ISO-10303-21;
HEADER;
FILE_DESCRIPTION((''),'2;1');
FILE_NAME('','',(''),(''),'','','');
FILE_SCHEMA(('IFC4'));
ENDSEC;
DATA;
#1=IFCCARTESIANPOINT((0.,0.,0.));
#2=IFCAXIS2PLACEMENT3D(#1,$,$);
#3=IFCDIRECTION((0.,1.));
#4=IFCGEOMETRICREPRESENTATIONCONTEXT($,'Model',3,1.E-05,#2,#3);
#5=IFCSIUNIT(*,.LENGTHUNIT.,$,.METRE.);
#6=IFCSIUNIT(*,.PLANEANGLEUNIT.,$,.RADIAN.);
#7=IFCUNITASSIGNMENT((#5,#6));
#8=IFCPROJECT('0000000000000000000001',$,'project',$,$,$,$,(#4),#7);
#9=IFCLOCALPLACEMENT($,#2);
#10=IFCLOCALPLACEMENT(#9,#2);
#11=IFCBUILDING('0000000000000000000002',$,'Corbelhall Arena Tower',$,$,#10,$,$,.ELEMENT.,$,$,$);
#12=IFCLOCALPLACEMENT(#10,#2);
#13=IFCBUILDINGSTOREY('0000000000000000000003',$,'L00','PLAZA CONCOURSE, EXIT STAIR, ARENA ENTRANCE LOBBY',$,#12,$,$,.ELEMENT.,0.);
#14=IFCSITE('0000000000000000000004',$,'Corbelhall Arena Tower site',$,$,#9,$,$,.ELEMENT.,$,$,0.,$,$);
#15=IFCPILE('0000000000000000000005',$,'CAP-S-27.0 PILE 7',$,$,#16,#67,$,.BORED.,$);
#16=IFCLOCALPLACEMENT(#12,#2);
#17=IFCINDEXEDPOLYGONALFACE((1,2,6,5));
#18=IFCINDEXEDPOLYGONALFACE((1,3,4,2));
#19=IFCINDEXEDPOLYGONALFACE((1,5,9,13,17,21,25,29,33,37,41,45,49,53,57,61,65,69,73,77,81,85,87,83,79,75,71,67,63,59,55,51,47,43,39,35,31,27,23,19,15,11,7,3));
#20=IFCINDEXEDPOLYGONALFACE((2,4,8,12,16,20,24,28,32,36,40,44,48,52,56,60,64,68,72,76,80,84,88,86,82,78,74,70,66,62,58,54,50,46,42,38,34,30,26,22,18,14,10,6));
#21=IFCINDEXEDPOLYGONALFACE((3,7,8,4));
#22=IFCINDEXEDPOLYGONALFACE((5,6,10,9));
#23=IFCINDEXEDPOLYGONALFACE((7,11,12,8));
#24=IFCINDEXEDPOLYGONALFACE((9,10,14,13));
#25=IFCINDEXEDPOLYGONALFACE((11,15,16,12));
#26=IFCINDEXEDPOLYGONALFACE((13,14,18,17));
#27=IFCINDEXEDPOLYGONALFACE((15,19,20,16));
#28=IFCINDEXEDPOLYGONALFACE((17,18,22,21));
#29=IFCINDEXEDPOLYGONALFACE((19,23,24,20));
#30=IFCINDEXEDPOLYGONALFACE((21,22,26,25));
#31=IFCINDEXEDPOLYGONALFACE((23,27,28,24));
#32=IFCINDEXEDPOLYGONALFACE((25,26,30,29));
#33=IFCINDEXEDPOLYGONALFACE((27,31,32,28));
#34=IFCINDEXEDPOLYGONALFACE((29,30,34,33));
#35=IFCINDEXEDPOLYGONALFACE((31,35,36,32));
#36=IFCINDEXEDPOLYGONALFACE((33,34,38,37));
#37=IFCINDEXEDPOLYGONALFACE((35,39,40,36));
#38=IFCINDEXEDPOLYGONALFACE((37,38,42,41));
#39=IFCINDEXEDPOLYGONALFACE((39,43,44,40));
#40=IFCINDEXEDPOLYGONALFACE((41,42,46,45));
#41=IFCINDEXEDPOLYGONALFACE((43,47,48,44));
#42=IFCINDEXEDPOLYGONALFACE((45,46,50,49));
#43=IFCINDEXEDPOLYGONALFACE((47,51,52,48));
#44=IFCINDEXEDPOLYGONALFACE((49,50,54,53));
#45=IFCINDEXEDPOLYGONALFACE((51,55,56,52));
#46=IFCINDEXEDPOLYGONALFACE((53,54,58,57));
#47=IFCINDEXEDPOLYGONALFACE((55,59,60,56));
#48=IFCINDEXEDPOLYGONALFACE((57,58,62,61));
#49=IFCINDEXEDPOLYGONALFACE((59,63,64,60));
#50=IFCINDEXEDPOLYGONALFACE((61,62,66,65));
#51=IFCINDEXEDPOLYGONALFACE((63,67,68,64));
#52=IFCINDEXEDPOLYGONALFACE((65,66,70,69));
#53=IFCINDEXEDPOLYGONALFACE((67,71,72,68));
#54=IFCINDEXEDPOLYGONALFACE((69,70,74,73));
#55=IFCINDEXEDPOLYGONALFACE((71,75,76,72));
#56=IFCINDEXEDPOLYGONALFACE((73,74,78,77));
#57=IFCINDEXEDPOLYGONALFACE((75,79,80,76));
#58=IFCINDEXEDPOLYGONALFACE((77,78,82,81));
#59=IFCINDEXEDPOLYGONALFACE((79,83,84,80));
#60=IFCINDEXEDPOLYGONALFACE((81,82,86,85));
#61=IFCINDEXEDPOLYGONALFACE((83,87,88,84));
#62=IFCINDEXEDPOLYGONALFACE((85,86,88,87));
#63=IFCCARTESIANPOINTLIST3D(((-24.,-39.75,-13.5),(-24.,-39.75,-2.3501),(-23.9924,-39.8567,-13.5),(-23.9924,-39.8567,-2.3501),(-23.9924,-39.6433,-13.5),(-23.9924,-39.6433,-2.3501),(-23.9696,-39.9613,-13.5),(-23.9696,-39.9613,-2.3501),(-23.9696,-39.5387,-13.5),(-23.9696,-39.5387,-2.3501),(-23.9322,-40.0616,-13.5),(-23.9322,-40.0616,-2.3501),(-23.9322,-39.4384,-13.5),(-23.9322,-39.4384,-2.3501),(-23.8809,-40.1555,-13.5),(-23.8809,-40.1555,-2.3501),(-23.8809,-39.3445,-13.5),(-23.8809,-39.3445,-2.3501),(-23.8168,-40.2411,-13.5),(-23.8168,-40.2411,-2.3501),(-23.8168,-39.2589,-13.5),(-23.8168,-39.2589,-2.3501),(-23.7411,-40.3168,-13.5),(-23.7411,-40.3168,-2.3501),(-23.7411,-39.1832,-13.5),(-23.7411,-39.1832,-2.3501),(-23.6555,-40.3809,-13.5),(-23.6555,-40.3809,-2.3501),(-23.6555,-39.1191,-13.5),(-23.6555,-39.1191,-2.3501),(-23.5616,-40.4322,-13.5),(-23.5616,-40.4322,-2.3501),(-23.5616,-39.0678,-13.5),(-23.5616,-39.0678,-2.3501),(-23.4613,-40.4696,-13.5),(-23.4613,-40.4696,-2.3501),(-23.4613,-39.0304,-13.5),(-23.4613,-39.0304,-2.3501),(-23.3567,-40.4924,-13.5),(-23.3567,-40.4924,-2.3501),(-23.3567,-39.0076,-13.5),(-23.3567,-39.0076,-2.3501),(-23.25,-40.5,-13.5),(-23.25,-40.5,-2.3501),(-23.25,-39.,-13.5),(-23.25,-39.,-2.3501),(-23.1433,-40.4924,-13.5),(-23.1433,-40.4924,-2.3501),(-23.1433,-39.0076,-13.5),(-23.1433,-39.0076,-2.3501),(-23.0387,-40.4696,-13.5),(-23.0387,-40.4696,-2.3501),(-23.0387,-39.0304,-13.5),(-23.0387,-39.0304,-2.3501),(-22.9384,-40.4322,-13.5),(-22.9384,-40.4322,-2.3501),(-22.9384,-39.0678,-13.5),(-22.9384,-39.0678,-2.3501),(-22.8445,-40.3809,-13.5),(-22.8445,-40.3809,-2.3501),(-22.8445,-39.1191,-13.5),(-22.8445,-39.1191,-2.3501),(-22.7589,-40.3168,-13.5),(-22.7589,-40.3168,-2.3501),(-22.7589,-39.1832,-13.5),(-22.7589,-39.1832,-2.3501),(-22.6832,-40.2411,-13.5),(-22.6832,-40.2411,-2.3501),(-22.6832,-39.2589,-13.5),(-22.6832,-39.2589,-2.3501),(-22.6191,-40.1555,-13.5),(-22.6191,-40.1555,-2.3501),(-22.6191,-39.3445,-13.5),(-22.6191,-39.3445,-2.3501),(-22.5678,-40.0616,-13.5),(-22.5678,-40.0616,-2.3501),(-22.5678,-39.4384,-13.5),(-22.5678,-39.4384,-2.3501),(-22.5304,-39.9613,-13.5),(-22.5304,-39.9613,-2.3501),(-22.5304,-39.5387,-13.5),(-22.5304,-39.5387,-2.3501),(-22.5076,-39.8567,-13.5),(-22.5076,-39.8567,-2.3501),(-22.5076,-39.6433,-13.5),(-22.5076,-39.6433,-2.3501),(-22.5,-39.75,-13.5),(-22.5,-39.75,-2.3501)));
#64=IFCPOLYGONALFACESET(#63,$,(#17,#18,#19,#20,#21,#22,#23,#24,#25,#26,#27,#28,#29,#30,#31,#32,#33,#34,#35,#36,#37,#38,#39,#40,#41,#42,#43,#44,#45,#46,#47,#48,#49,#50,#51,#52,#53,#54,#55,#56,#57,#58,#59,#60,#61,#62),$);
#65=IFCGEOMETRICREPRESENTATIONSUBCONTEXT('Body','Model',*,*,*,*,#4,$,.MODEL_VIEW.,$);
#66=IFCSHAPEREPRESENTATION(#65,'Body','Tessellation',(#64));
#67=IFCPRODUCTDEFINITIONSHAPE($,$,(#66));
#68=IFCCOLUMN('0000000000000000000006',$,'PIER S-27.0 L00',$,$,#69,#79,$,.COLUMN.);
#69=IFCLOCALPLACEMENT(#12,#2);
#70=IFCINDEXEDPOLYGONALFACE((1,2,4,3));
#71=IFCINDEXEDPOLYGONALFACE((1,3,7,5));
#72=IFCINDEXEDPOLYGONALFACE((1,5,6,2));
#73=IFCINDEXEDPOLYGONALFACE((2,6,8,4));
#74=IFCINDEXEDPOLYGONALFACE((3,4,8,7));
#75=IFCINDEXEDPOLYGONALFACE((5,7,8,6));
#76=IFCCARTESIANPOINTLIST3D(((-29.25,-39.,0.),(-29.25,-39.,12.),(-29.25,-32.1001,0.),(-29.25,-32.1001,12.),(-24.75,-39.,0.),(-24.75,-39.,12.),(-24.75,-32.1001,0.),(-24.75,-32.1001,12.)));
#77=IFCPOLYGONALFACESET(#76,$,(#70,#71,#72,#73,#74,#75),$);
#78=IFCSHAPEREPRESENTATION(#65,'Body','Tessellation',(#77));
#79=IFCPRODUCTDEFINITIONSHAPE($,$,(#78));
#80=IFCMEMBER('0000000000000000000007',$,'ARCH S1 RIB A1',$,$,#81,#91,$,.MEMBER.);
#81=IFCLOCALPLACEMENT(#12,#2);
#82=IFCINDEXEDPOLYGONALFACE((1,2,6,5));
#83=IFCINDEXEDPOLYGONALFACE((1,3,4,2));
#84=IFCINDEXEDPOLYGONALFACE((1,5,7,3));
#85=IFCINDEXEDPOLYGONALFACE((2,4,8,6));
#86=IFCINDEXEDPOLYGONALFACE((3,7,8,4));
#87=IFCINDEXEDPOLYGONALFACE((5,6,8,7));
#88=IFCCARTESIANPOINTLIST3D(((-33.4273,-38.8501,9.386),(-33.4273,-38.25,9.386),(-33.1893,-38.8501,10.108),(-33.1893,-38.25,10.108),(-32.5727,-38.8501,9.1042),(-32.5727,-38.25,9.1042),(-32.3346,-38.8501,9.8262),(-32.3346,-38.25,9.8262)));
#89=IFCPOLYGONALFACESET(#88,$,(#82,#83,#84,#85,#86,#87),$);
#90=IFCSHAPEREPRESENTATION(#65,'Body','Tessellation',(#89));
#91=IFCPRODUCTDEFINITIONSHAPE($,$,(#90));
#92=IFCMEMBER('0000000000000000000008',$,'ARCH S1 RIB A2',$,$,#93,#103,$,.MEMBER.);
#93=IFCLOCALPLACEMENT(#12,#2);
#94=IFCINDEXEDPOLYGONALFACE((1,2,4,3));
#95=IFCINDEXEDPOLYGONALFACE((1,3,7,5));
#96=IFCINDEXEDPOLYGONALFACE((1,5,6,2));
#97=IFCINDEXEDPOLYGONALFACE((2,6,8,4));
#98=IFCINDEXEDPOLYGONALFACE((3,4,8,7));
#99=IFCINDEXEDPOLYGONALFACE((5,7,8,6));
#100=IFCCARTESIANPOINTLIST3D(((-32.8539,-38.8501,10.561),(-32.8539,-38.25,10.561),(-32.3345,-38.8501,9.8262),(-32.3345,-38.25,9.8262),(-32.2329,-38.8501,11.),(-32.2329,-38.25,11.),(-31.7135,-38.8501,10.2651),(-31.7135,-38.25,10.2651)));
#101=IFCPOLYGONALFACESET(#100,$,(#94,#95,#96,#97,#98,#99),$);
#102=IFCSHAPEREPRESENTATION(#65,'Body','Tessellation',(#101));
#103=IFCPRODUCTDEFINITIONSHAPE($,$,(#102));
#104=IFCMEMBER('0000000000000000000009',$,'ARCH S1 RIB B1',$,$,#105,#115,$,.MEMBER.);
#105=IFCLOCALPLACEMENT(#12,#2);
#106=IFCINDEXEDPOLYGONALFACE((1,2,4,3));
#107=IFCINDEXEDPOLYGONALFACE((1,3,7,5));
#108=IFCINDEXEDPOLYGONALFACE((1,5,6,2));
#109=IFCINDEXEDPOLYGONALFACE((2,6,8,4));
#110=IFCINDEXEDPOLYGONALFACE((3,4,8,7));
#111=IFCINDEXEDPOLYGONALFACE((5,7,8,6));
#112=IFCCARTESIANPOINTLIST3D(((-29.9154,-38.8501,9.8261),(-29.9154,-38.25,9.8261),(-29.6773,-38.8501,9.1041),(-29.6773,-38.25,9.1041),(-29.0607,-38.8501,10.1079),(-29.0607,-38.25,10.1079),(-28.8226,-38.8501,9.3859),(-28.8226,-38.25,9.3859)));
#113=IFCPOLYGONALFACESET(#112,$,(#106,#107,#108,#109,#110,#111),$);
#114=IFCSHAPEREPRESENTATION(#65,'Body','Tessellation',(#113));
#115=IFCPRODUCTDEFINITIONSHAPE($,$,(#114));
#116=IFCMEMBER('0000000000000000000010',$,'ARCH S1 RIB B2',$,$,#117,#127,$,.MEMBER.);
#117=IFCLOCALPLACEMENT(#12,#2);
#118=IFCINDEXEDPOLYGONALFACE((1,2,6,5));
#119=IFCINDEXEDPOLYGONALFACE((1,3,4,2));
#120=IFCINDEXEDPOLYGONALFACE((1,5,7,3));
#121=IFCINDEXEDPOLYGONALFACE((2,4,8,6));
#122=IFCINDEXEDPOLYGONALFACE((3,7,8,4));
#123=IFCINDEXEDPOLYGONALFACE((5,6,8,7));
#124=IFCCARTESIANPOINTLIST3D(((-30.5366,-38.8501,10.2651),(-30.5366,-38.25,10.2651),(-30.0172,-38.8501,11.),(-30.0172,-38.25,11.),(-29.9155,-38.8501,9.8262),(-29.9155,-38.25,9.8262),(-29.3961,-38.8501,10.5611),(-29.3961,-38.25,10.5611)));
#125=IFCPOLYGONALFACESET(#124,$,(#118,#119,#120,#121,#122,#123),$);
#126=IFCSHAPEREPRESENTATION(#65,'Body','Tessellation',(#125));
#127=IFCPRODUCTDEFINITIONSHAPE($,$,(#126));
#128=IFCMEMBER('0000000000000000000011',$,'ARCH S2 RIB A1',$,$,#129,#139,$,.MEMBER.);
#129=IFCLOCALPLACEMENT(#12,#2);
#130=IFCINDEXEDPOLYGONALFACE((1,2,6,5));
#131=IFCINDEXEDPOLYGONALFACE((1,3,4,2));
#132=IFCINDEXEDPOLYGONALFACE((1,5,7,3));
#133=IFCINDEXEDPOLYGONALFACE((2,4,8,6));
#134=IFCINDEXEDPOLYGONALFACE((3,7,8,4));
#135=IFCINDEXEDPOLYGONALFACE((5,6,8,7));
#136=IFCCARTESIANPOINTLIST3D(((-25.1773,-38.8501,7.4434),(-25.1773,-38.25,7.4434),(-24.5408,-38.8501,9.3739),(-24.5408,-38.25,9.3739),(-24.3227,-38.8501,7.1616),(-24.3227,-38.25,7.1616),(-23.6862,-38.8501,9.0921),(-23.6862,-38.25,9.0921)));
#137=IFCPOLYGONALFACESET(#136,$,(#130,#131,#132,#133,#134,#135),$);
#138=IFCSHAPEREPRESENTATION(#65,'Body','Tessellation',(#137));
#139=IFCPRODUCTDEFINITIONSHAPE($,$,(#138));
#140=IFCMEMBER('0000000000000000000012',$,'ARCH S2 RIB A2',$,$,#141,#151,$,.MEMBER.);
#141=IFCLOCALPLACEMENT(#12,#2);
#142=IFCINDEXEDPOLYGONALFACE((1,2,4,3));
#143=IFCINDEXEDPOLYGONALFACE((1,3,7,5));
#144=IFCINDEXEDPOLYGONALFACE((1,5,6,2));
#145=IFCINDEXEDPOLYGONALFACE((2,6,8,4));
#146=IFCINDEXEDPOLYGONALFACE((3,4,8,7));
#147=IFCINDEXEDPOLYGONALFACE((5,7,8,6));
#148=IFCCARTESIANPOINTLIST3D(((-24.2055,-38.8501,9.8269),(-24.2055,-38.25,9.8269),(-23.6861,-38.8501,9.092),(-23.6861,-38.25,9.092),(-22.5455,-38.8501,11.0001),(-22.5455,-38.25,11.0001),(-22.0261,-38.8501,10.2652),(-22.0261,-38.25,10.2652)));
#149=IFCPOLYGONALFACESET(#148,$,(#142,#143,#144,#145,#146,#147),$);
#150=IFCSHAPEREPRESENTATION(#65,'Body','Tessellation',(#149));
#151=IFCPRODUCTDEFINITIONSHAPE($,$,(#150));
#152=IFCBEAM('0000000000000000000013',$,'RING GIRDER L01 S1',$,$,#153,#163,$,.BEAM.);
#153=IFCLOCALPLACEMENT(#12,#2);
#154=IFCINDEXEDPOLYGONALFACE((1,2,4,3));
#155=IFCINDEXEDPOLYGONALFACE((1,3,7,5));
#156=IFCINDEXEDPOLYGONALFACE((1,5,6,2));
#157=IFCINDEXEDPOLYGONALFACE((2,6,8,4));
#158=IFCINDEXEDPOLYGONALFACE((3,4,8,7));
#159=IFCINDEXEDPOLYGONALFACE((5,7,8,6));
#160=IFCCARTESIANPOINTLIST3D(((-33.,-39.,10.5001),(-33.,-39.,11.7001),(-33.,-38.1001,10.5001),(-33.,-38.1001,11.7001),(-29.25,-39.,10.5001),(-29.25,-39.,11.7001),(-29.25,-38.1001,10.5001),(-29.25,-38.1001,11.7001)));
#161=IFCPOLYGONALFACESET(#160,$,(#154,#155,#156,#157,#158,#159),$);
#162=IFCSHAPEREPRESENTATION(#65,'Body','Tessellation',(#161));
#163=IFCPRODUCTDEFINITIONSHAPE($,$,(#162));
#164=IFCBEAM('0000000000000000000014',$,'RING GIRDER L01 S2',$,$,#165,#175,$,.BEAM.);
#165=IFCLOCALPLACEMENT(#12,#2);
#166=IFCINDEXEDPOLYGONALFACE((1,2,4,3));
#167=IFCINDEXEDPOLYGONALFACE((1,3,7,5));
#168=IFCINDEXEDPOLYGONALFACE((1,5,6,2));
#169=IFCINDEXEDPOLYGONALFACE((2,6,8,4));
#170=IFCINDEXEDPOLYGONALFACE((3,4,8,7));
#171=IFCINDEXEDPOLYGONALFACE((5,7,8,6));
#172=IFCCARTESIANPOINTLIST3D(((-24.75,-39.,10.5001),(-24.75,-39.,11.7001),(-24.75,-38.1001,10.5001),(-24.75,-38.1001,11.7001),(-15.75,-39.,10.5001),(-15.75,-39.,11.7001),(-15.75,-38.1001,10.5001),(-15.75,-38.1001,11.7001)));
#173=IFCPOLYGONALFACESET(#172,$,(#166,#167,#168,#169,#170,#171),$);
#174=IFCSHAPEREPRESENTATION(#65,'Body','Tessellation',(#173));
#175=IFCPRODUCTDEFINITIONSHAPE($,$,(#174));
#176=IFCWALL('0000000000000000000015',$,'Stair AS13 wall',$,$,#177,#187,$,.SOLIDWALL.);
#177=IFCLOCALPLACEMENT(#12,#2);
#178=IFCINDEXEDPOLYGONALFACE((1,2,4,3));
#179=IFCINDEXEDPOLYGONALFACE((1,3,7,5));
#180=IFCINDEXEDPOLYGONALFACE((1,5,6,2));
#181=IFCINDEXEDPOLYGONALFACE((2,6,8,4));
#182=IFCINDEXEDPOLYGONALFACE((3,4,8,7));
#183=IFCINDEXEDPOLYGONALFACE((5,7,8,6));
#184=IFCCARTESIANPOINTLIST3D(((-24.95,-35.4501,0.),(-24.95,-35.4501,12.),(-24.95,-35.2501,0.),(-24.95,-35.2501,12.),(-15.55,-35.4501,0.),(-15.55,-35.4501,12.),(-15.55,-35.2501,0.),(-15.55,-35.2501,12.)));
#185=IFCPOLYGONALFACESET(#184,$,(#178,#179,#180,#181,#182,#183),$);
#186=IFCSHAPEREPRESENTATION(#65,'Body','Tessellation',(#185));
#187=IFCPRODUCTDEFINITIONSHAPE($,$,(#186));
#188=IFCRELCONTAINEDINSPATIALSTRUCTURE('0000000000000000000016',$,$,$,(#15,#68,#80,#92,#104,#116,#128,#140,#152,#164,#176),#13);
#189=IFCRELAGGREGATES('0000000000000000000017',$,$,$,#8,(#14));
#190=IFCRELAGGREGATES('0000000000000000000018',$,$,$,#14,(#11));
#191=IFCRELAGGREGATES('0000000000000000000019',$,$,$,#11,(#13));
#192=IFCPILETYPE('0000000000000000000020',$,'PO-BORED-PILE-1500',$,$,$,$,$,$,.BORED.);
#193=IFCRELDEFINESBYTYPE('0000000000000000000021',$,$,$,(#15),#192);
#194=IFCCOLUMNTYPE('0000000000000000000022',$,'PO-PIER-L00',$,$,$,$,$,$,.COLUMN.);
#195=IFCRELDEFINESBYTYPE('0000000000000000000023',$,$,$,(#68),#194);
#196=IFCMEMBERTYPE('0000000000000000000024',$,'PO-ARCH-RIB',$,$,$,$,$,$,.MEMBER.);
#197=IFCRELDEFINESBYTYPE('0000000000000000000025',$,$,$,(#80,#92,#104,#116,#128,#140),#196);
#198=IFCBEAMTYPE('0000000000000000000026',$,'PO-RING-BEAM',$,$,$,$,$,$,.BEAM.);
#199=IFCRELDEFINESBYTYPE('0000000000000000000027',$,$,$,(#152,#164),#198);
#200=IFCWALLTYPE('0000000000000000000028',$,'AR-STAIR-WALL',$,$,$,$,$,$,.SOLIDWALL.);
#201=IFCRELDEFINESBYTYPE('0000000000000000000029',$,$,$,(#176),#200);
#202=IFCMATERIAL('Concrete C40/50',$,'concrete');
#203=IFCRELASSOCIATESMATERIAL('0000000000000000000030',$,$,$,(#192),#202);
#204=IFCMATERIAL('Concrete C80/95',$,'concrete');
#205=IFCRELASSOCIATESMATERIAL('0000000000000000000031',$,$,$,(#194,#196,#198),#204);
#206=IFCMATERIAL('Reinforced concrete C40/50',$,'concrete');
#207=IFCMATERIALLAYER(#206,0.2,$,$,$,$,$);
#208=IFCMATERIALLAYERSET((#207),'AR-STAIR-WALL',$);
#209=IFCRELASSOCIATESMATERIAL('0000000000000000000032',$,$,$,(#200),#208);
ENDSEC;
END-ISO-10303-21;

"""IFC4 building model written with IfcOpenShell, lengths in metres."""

from ifc_helpers import new_model, si_unit, direction, frame, frame_2d, origin, origin_2d, place, context, subcontext, project, spatial, rectangle, circle, extrude, material, layer, layer_set, material_profile, profile_set, type_object, element, save


model = new_model("IFC4")

# Units and contexts
model_context = context("Model", 3, precision=1e-05, world=origin(), true_north=direction((0.0, 1.0)))
body_context = subcontext(model_context, "Body", "Model", "MODEL_VIEW")
ifc_project = project(units=[si_unit("LENGTHUNIT", "METRE"), si_unit("PLANEANGLEUNIT", "RADIAN")], contexts=[model_context])

# Site, building, storey
site_placement = place(None, origin())
site = spatial("IfcSite", under=ifc_project, at=site_placement, Name="Corbelhall Arena Tower site", CompositionType="ELEMENT", RefElevation=0.0)
building_placement = place(site_placement, origin())
building = spatial("IfcBuilding", under=site, at=building_placement, Name="Corbelhall Arena Tower", CompositionType="ELEMENT")
storey_placement = place(building_placement, origin())
storey = spatial("IfcBuildingStorey", under=building, at=storey_placement, Name="L00", Description="PLAZA CONCOURSE, EXIT STAIR, ARENA ENTRANCE LOBBY", CompositionType="ELEMENT", Elevation=0.0)

# Pile
ifc_material_1 = material(Name="Concrete C40/50", Category="concrete")
ifc_material_profile_1 = material_profile(ifc_material_1, circle(Radius=0.75, at=origin_2d()))
ifc_profile_set_1 = profile_set([ifc_material_profile_1], Name="Concrete C40/50")
pile_type = type_object("IfcPileType", Name="PO-BORED-PILE-1500", PredefinedType="BORED", material=ifc_profile_set_1)
for number, where, z_axis, x_axis, name in (
    (1, (-23.25, -39.75, -2.3501), (0.0, 0.0, -1.0), (1.0, 0.0, 0.0), "CAP-S-27.0 PILE 7"),
):
    element("IfcPile", number, at=place(storey_placement, frame(where, z_axis=z_axis, x_axis=x_axis)), inside=storey, type_object=pile_type, Name=name, PredefinedType="BORED", context=body_context, shape_type="SweptSolid", body=[
        extrude(circle(Radius=0.75, at=origin_2d()), origin(), (0.0, 0.0, 1.0), 11.1499),
    ])

# Column
ifc_material_2 = material(Name="Concrete C80/95", Category="concrete")
ifc_material_profile_2 = material_profile(ifc_material_2, rectangle(XDim=4.5, YDim=6.8999, at=origin_2d()))
ifc_profile_set_2 = profile_set([ifc_material_profile_2], Name="Concrete C80/95")
column_type = type_object("IfcColumnType", Name="PO-PIER-L00", PredefinedType="COLUMN", material=ifc_profile_set_2)
column_placement = place(storey_placement, frame((-27.0, -35.55, 0.0), z_axis=(0.0, 0.0, 1.0), x_axis=(1.0, 0.0, 0.0)))
element("IfcColumn", 2, at=column_placement, inside=storey, type_object=column_type, Name="PIER S-27.0 L00", PredefinedType="COLUMN", context=body_context, shape_type="SweptSolid", body=[
    extrude(rectangle(XDim=4.5, YDim=6.8999, at=origin_2d()), origin(), (0.0, 0.0, 1.0), 12.0),
])

# Members
ifc_material_profile_3 = material_profile(ifc_material_2, rectangle(XDim=0.6001, YDim=0.8999, at=origin_2d()))
ifc_profile_set_3 = profile_set([ifc_material_profile_3], Name="Concrete C80/95")
member_type = type_object("IfcMemberType", Name="PO-ARCH-RIB", PredefinedType="MEMBER", material=ifc_profile_set_3)
member_1_placement = place(storey_placement, frame((-33.0, -38.55, 9.2451), z_axis=(0.313143, 0.0, 0.949706), x_axis=(0.0, 1.0, 0.0)))
element("IfcMember", 3, at=member_1_placement, inside=storey, type_object=member_type, Name="ARCH S1 RIB A1", PredefinedType="MEMBER", context=body_context, shape_type="SweptSolid", body=[
    extrude(rectangle(XDim=0.6001, YDim=0.8999, at=origin_2d()), origin(), (0.0, 0.0, 1.0), 0.7603),
])
member_2_placement = place(storey_placement, frame((-32.5942, -38.55, 10.1936), z_axis=(0.81663, 0.0, 0.577162), x_axis=(0.0, 1.0, 0.0)))
element("IfcMember", 4, at=member_2_placement, inside=storey, type_object=member_type, Name="ARCH S1 RIB A2", PredefinedType="MEMBER", context=body_context, shape_type="SweptSolid", body=[
    extrude(rectangle(XDim=0.6001, YDim=0.8999, at=origin_2d()), origin(), (0.0, 0.0, 1.0), 0.7605),
])
member_3_placement = place(storey_placement, frame((-29.488, -38.55, 9.967), z_axis=(0.313143, 0.0, -0.949706), x_axis=(0.0, 1.0, 0.0)))
element("IfcMember", 5, at=member_3_placement, inside=storey, type_object=member_type, Name="ARCH S1 RIB B1", PredefinedType="MEMBER", context=body_context, shape_type="SweptSolid", body=[
    extrude(rectangle(XDim=0.6001, YDim=0.8999, at=origin_2d()), origin(), (0.0, 0.0, 1.0), 0.7603),
])
member_4_placement = place(storey_placement, frame((-30.2769, -38.55, 10.6326), z_axis=(0.81663, 0.0, -0.577162), x_axis=(0.0, 1.0, 0.0)))
element("IfcMember", 6, at=member_4_placement, inside=storey, type_object=member_type, Name="ARCH S1 RIB B2", PredefinedType="MEMBER", context=body_context, shape_type="SweptSolid", body=[
    extrude(rectangle(XDim=0.6001, YDim=0.8999, at=origin_2d()), origin(), (0.0, 0.0, 1.0), 0.7605),
])
for number, where, z_axis, x_axis, name in (
    (7, (-24.75, -38.55, 7.3025), (0.313127, 0.0, 0.949711), (0.0, 1.0, 0.0), "ARCH S2 RIB A1"),
    (8, (-23.9458, -38.55, 9.4595), (0.816645, 0.0, 0.577141), (0.0, 1.0, 0.0), "ARCH S2 RIB A2"),
):
    element("IfcMember", number, at=place(storey_placement, frame(where, z_axis=z_axis, x_axis=x_axis)), inside=storey, type_object=member_type, Name=name, PredefinedType="MEMBER", context=body_context, shape_type="SweptSolid", body=[
        extrude(rectangle(XDim=0.6001, YDim=0.8999, at=origin_2d()), origin(), (0.0, 0.0, 1.0), 2.0327),
    ])

# Beams
ifc_material_profile_4 = material_profile(ifc_material_2, rectangle(XDim=0.8999, YDim=1.2, at=origin_2d()))
ifc_profile_set_4 = profile_set([ifc_material_profile_4], Name="Concrete C80/95")
beam_type = type_object("IfcBeamType", Name="PO-RING-BEAM", PredefinedType="BEAM", material=ifc_profile_set_4)
beam_1_placement = place(storey_placement, frame((-33.0, -38.55, 11.1001), z_axis=(1.0, 0.0, 0.0), x_axis=(0.0, 1.0, 0.0)))
element("IfcBeam", 9, at=beam_1_placement, inside=storey, type_object=beam_type, Name="RING GIRDER L01 S1", PredefinedType="BEAM", context=body_context, shape_type="SweptSolid", body=[
    extrude(rectangle(XDim=0.8999, YDim=1.2, at=origin_2d()), origin(), (0.0, 0.0, 1.0), 3.75),
])
beam_2_placement = place(storey_placement, frame((-24.75, -38.55, 11.1001), z_axis=(1.0, 0.0, 0.0), x_axis=(0.0, 1.0, 0.0)))
element("IfcBeam", 10, at=beam_2_placement, inside=storey, type_object=beam_type, Name="RING GIRDER L01 S2", PredefinedType="BEAM", context=body_context, shape_type="SweptSolid", body=[
    extrude(rectangle(XDim=0.8999, YDim=1.2, at=origin_2d()), origin(), (0.0, 0.0, 1.0), 9.0),
])

# Shared definitions
ifc_material_3 = material(Name="Reinforced concrete C40/50", Category="concrete")
ifc_layer_1 = layer(ifc_material_3, 0.2)
ifc_layer_set_1 = layer_set([ifc_layer_1], Name="AR-STAIR-WALL")
wall_type_1 = type_object("IfcWallType", Name="AR-STAIR-WALL", PredefinedType="SOLIDWALL", material=ifc_layer_set_1)

# Wall
wall_1_placement = place(storey_placement, frame((-24.95, -35.3501, 0.0), z_axis=(0.0, 0.0, 1.0), x_axis=(1.0, 0.0, 0.0)))
element("IfcWall", 11, at=wall_1_placement, inside=storey, type_object=wall_type_1, Name="Stair AS13 wall", PredefinedType="SOLIDWALL", context=body_context, shape_type="SweptSolid", body=[
    extrude(rectangle(XDim=9.3999, YDim=0.2, at=frame_2d((4.7, 0.0))), origin(), (0.0, 0.0, 1.0), 12.0),
])

save(model, "model.ifc")
